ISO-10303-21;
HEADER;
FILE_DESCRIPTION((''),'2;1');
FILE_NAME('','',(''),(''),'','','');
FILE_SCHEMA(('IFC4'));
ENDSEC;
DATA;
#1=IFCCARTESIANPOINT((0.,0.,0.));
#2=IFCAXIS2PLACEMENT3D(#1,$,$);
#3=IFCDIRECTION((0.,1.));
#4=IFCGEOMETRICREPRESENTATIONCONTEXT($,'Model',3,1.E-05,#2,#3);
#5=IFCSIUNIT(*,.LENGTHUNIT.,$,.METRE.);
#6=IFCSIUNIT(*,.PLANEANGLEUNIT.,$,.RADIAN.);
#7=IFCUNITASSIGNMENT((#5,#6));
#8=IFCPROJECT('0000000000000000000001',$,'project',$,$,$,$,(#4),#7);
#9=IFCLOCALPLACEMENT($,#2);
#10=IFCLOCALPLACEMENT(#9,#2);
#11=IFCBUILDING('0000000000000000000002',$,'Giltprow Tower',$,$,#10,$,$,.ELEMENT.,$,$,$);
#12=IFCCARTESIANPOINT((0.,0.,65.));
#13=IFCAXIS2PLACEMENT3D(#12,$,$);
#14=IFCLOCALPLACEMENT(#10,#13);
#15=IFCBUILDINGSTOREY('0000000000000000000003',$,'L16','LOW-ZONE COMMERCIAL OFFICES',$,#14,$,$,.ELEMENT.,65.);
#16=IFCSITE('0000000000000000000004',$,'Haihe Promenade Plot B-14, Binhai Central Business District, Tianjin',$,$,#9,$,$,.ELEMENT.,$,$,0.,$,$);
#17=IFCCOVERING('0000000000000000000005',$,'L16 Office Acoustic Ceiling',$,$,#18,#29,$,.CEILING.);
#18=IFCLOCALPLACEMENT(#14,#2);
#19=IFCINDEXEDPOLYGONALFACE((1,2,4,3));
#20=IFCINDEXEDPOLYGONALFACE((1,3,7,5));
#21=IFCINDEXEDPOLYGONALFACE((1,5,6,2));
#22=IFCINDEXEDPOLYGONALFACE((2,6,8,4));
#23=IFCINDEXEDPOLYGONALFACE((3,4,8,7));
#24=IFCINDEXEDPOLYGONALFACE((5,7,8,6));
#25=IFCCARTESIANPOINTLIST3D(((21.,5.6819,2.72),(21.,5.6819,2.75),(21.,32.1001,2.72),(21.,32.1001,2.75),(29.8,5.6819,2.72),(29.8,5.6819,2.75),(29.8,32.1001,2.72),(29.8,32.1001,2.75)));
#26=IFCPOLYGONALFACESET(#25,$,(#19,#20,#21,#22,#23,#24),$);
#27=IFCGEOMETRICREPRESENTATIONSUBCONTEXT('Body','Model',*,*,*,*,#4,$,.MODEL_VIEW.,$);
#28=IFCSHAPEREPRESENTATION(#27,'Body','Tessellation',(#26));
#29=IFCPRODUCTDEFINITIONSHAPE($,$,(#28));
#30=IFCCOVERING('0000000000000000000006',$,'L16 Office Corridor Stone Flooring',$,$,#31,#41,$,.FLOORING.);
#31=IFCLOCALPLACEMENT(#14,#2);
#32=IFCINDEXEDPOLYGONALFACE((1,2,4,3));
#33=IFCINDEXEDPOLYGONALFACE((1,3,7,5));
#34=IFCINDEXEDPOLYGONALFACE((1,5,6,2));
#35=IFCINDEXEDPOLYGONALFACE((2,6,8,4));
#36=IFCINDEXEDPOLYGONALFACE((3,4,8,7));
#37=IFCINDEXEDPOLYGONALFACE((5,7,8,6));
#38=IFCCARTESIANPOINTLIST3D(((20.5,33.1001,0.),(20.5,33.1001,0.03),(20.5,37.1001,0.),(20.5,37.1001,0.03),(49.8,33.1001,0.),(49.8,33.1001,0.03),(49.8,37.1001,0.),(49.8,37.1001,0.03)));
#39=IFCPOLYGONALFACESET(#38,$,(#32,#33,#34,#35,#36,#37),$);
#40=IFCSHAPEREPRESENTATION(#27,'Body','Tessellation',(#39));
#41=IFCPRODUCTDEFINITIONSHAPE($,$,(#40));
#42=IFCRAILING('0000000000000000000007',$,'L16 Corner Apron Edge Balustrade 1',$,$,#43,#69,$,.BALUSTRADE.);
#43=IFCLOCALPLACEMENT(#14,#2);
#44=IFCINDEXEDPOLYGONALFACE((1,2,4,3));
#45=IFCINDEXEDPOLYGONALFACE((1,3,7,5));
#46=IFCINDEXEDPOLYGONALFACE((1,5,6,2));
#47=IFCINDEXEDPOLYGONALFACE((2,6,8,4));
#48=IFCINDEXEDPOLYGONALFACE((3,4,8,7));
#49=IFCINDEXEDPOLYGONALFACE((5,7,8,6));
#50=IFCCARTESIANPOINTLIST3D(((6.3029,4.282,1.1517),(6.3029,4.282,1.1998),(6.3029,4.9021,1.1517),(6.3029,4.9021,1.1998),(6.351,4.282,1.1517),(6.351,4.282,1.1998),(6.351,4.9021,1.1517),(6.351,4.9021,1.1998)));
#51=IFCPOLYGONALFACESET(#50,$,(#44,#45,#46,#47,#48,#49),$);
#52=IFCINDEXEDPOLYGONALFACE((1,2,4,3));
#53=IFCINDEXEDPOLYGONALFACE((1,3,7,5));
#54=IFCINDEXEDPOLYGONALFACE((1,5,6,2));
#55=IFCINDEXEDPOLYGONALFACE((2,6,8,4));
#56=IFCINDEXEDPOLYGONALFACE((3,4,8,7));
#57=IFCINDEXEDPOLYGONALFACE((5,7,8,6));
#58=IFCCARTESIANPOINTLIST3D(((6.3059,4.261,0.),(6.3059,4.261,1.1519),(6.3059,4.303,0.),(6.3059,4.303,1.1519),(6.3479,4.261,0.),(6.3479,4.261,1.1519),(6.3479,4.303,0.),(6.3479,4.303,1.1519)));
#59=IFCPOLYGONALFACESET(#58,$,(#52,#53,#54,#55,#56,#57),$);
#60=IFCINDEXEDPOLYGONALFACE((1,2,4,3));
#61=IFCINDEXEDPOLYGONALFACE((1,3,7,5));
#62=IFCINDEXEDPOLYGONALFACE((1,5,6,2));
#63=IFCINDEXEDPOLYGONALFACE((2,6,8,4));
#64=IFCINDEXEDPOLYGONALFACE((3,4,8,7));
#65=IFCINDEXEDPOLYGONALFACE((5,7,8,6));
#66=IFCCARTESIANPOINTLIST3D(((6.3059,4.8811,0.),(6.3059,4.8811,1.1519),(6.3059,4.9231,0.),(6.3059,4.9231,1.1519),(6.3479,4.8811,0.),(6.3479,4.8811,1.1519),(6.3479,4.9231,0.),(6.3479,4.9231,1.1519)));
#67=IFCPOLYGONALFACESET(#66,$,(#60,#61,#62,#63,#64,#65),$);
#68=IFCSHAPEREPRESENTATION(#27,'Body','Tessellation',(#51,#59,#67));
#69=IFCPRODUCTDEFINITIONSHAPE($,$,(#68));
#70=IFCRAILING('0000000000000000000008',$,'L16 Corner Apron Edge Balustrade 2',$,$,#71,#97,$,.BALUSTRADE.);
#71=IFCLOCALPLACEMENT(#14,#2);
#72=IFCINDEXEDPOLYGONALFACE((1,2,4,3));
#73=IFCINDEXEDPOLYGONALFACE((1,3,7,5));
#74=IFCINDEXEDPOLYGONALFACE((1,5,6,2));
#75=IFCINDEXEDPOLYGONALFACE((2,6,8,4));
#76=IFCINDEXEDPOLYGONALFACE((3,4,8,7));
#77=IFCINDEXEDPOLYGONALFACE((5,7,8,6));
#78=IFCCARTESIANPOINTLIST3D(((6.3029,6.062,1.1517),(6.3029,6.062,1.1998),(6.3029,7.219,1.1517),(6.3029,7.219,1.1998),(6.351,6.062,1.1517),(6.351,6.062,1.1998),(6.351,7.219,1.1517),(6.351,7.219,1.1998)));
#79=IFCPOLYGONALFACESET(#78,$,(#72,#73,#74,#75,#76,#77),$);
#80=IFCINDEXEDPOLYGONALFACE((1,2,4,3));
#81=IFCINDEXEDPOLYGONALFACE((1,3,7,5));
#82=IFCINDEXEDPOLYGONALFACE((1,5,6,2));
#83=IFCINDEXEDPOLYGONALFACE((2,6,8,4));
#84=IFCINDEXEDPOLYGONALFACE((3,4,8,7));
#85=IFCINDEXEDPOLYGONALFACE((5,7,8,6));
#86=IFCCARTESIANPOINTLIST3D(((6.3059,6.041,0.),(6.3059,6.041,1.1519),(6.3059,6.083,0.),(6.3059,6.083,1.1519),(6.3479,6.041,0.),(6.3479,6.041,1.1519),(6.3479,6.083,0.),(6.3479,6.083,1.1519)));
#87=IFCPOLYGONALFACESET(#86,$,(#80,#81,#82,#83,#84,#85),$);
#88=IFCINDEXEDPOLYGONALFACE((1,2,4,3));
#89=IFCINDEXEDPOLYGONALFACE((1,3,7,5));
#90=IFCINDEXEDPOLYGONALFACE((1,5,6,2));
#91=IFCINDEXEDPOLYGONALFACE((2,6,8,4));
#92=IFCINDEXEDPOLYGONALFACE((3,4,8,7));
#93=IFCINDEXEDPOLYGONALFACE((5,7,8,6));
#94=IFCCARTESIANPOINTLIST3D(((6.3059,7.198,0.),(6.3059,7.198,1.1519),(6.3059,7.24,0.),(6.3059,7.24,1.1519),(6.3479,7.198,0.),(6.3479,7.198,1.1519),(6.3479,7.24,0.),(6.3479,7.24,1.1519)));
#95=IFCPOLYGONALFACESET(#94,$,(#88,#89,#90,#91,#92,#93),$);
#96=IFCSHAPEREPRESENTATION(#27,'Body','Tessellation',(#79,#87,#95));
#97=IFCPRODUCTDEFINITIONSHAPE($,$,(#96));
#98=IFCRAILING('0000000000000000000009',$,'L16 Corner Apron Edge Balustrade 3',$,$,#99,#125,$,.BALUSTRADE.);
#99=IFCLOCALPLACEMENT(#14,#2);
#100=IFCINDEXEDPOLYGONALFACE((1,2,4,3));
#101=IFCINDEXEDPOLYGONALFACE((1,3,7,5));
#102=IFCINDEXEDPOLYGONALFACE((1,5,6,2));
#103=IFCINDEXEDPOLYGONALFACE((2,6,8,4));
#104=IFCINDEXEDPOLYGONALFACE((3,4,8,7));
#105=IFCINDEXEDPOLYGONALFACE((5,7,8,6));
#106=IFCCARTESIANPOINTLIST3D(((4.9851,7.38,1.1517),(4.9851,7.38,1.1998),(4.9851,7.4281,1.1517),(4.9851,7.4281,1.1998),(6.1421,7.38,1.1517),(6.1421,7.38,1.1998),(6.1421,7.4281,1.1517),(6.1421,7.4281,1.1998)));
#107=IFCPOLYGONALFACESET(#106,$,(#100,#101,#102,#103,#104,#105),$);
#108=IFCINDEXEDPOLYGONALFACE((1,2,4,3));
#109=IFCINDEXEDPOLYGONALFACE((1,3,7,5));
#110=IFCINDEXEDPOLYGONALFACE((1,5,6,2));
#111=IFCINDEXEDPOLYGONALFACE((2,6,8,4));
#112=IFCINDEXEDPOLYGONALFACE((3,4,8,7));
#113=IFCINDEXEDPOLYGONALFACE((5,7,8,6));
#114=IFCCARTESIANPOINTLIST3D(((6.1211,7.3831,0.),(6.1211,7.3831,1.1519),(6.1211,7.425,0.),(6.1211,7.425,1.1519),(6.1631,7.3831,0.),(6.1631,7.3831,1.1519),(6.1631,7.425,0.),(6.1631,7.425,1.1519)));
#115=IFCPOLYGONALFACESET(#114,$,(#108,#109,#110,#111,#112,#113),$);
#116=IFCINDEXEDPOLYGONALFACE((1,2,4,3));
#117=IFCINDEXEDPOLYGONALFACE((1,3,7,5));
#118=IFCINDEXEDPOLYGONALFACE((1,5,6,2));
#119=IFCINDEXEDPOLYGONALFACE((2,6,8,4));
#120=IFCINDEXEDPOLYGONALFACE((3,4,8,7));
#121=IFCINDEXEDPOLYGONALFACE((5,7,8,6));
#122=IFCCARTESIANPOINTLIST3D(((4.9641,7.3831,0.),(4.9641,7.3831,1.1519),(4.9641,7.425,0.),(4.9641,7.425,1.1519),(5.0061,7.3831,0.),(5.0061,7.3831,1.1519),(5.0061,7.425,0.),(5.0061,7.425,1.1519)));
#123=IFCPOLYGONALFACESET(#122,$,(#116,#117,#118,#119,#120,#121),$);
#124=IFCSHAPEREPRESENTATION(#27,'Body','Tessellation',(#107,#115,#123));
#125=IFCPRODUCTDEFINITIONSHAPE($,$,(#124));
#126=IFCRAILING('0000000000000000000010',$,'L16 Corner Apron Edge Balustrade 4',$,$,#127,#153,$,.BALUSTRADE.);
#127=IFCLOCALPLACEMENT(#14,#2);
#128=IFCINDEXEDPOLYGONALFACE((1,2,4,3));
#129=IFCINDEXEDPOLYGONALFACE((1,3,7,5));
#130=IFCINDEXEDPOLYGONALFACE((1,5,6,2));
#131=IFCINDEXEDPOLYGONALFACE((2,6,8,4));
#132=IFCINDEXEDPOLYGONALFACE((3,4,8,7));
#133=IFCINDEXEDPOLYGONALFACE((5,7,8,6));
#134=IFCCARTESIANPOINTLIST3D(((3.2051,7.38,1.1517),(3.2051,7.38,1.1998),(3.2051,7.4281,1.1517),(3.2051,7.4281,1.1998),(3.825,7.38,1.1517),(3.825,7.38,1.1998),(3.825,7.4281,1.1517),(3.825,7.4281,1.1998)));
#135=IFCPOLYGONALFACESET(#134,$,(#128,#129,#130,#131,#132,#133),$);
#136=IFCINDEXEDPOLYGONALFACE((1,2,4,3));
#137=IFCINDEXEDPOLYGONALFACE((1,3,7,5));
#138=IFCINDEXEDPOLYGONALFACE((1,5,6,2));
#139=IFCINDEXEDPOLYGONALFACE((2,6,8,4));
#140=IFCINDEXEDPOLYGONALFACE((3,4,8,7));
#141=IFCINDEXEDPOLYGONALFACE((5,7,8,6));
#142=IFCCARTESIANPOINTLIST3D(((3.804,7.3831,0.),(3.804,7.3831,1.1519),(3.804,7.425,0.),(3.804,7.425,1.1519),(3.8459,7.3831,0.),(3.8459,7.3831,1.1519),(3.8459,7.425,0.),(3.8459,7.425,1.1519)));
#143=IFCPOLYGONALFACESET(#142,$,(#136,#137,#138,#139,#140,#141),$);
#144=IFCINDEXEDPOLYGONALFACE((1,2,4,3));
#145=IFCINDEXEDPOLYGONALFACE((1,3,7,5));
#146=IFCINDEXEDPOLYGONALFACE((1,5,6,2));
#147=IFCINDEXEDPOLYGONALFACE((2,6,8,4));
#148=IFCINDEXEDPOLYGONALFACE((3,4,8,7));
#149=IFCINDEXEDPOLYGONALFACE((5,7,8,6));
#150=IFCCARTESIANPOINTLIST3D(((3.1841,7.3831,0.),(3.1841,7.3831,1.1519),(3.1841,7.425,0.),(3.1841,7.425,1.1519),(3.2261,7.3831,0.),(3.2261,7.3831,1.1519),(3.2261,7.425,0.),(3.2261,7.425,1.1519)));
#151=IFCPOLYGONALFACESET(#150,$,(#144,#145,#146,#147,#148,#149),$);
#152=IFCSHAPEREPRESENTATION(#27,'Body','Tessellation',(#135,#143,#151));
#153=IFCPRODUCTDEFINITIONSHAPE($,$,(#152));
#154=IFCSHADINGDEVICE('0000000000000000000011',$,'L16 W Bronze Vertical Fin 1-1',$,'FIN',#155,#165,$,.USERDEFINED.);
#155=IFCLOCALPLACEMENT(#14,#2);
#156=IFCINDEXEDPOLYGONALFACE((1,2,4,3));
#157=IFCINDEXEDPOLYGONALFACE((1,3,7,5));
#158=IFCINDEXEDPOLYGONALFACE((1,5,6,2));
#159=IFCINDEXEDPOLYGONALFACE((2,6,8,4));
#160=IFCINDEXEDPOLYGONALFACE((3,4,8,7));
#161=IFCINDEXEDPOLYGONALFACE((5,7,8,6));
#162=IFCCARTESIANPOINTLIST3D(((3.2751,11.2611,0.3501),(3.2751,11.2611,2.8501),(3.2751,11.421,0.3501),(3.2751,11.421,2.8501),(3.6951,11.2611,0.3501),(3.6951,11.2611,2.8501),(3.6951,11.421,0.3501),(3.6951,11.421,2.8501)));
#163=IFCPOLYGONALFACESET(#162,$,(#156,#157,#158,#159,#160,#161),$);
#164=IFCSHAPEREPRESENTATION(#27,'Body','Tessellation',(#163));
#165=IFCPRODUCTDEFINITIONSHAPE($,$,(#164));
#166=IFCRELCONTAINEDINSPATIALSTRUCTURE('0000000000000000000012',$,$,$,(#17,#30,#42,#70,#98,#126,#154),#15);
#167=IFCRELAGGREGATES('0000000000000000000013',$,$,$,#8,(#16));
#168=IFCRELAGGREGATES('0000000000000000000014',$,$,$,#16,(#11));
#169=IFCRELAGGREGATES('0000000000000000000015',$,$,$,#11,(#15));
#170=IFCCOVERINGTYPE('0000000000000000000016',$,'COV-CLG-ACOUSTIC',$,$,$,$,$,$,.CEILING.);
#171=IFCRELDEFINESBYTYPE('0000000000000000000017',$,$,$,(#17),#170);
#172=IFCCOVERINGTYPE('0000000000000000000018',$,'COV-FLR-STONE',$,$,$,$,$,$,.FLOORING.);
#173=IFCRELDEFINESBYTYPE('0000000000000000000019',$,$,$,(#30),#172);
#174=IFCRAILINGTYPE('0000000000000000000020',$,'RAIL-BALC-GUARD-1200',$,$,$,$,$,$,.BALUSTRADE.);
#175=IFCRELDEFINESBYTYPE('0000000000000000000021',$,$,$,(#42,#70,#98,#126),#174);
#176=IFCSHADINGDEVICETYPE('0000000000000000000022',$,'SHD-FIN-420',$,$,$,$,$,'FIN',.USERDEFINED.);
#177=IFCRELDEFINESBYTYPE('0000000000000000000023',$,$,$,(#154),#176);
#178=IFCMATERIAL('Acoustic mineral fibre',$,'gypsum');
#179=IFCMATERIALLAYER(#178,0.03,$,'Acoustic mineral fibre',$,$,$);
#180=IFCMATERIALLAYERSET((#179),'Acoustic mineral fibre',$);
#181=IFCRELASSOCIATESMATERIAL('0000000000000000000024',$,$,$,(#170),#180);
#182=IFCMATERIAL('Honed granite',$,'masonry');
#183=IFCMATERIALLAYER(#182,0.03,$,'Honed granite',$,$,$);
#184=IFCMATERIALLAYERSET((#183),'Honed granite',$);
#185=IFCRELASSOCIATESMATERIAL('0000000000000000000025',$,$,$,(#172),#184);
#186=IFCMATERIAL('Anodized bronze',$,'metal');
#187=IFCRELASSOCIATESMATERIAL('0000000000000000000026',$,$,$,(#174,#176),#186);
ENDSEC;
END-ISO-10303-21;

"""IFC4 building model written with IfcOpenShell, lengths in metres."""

from ifc_helpers import new_model, si_unit, direction, frame, origin, origin_2d, place, context, subcontext, project, spatial, polyline, rectangle, outline, extrude, source, transform, mapped, material, layer, layer_set, type_object, element, save


model = new_model("IFC4")

# Units and contexts
model_context = context("Model", 3, precision=1e-05, world=origin(), true_north=direction((0.0, 1.0)))
body_context = subcontext(model_context, "Body", "Model", "MODEL_VIEW")
ifc_project = project(units=[si_unit("LENGTHUNIT", "METRE"), si_unit("PLANEANGLEUNIT", "RADIAN")], contexts=[model_context])

# Site, building, storey
site_placement = place(None, origin())
site = spatial("IfcSite", under=ifc_project, at=site_placement, Name="Haihe Promenade Plot B-14, Binhai Central Business District, Tianjin", CompositionType="ELEMENT", RefElevation=0.0)
building_placement = place(site_placement, origin())
building = spatial("IfcBuilding", under=site, at=building_placement, Name="Giltprow Tower", CompositionType="ELEMENT")
storey_placement = place(building_placement, frame((0.0, 0.0, 65.0)))
storey = spatial("IfcBuildingStorey", under=building, at=storey_placement, Name="L16", Description="LOW-ZONE COMMERCIAL OFFICES", CompositionType="ELEMENT", Elevation=65.0)

# Shared definitions
ifc_material_1 = material(Name="Anodized bronze", Category="metal")

# Coverings
ifc_material_2 = material(Name="Acoustic mineral fibre", Category="gypsum")
ifc_layer_1 = layer(ifc_material_2, 0.03, Name="Acoustic mineral fibre")
ifc_layer_set_1 = layer_set([ifc_layer_1], Name="Acoustic mineral fibre")
covering_type_1 = type_object("IfcCoveringType", Name="COV-CLG-ACOUSTIC", PredefinedType="CEILING", material=ifc_layer_set_1)
covering_1_placement = place(storey_placement, frame((0.0, 0.0, 2.72)))
element("IfcCovering", 1, at=covering_1_placement, inside=storey, type_object=covering_type_1, Name="L16 Office Acoustic Ceiling", PredefinedType="CEILING", context=body_context, shape_type="SweptSolid", body=[
    extrude(outline(polyline([(21.0, 5.6819), (29.8, 5.6819), (29.8, 32.1001), (21.0, 32.1001), (21.0, 5.6819)])), origin(), (0.0, 0.0, 1.0), 0.03),
])
ifc_material_3 = material(Name="Honed granite", Category="masonry")
ifc_layer_2 = layer(ifc_material_3, 0.03, Name="Honed granite")
ifc_layer_set_2 = layer_set([ifc_layer_2], Name="Honed granite")
covering_type_2 = type_object("IfcCoveringType", Name="COV-FLR-STONE", PredefinedType="FLOORING", material=ifc_layer_set_2)
covering_2_placement = place(storey_placement, origin())
element("IfcCovering", 2, at=covering_2_placement, inside=storey, type_object=covering_type_2, Name="L16 Office Corridor Stone Flooring", PredefinedType="FLOORING", context=body_context, shape_type="SweptSolid", body=[
    extrude(outline(polyline([(20.5, 33.1001), (49.8, 33.1001), (49.8, 37.1001), (20.5, 37.1001), (20.5, 33.1001)])), origin(), (0.0, 0.0, 1.0), 0.03),
])

# Railings
railing_type = type_object("IfcRailingType", Name="RAIL-BALC-GUARD-1200", PredefinedType="BALUSTRADE", material=ifc_material_1)
railing_1_placement = place(storey_placement, frame((6.3269, 4.282, 0.0)))
element("IfcRailing", 3, at=railing_1_placement, inside=storey, type_object=railing_type, Name="L16 Corner Apron Edge Balustrade 1", PredefinedType="BALUSTRADE", context=body_context, shape_type="SweptSolid", body=[
    extrude(rectangle(XDim=0.0481, YDim=0.0481, at=origin_2d()), frame((0.0, 0.0, 1.1758), z_axis=(0.0, 1.0, 0.0), x_axis=(-1.0, 0.0, 0.0)), (0.0, 0.0, 1.0), 0.6201),
    extrude(rectangle(XDim=0.042, YDim=0.042, at=origin_2d()), origin(), (0.0, 0.0, 1.0), 1.1519),
    extrude(rectangle(XDim=0.042, YDim=0.042, at=origin_2d()), frame((0.0, 0.6201, 0.0)), (0.0, 0.0, 1.0), 1.1519),
])
railing_2_placement = place(storey_placement, frame((6.3269, 6.062, 0.0)))
element("IfcRailing", 4, at=railing_2_placement, inside=storey, type_object=railing_type, Name="L16 Corner Apron Edge Balustrade 2", PredefinedType="BALUSTRADE", context=body_context, shape_type="SweptSolid", body=[
    extrude(rectangle(XDim=0.0481, YDim=0.0481, at=origin_2d()), frame((0.0, 0.0, 1.1758), z_axis=(0.0, 1.0, 0.0), x_axis=(-1.0, 0.0, 0.0)), (0.0, 0.0, 1.0), 1.157),
    extrude(rectangle(XDim=0.042, YDim=0.042, at=origin_2d()), origin(), (0.0, 0.0, 1.0), 1.1519),
    extrude(rectangle(XDim=0.042, YDim=0.042, at=origin_2d()), frame((0.0, 1.157, 0.0)), (0.0, 0.0, 1.0), 1.1519),
])
railing_3_placement = place(storey_placement, frame((6.1421, 7.4041, 0.0)))
element("IfcRailing", 5, at=railing_3_placement, inside=storey, type_object=railing_type, Name="L16 Corner Apron Edge Balustrade 3", PredefinedType="BALUSTRADE", context=body_context, shape_type="SweptSolid", body=[
    extrude(rectangle(XDim=0.0481, YDim=0.0481, at=origin_2d()), frame((0.0, 0.0, 1.1758), z_axis=(-1.0, 0.0, 0.0), x_axis=(0.0, -1.0, 0.0)), (0.0, 0.0, 1.0), 1.157),
    extrude(rectangle(XDim=0.042, YDim=0.042, at=origin_2d()), origin(), (0.0, 0.0, 1.0), 1.1519),
    extrude(rectangle(XDim=0.042, YDim=0.042, at=origin_2d()), frame((-1.157, 0.0, 0.0)), (0.0, 0.0, 1.0), 1.1519),
])
railing_4_placement = place(storey_placement, frame((3.825, 7.4041, 0.0)))
element("IfcRailing", 6, at=railing_4_placement, inside=storey, type_object=railing_type, Name="L16 Corner Apron Edge Balustrade 4", PredefinedType="BALUSTRADE", context=body_context, shape_type="SweptSolid", body=[
    extrude(rectangle(XDim=0.0481, YDim=0.0481, at=origin_2d()), frame((0.0, 0.0, 1.1758), z_axis=(-1.0, 0.0, 0.0), x_axis=(0.0, -1.0, 0.0)), (0.0, 0.0, 1.0), 0.6199),
    extrude(rectangle(XDim=0.042, YDim=0.042, at=origin_2d()), origin(), (0.0, 0.0, 1.0), 1.1519),
    extrude(rectangle(XDim=0.042, YDim=0.042, at=origin_2d()), frame((-0.6199, 0.0, 0.0)), (0.0, 0.0, 1.0), 1.1519),
])

# Shading device
shading_device_type = type_object("IfcShadingDeviceType", Name="SHD-FIN-420", ElementType="FIN", PredefinedType="USERDEFINED", material=ifc_material_1)
shared_shape_1 = source(origin(), body_context, "Body", "SweptSolid", [
    extrude(rectangle(XDim=0.4199, YDim=0.1599, at=origin_2d()), origin(), (0.0, 0.0, 1.0), 2.5),
])
shading_device_placement = place(storey_placement, frame((3.4851, 11.3411, 0.3501), z_axis=(0.0, 0.0, 1.0), x_axis=(1.0, 0.0, 0.0)))
element("IfcShadingDevice", 7, at=shading_device_placement, inside=storey, type_object=shading_device_type, Name="L16 W Bronze Vertical Fin 1-1", ObjectType="FIN", PredefinedType="USERDEFINED", context=body_context, shape_type="MappedRepresentation", body=[
    mapped(shared_shape_1, transform((0.0, 0.0, 0.0), x_axis=(1.0, 0.0, 0.0), y_axis=(0.0, 1.0, 0.0), z_axis=(0.0, 0.0, 1.0), scale=1.0)),
])

save(model, "model.ifc")
